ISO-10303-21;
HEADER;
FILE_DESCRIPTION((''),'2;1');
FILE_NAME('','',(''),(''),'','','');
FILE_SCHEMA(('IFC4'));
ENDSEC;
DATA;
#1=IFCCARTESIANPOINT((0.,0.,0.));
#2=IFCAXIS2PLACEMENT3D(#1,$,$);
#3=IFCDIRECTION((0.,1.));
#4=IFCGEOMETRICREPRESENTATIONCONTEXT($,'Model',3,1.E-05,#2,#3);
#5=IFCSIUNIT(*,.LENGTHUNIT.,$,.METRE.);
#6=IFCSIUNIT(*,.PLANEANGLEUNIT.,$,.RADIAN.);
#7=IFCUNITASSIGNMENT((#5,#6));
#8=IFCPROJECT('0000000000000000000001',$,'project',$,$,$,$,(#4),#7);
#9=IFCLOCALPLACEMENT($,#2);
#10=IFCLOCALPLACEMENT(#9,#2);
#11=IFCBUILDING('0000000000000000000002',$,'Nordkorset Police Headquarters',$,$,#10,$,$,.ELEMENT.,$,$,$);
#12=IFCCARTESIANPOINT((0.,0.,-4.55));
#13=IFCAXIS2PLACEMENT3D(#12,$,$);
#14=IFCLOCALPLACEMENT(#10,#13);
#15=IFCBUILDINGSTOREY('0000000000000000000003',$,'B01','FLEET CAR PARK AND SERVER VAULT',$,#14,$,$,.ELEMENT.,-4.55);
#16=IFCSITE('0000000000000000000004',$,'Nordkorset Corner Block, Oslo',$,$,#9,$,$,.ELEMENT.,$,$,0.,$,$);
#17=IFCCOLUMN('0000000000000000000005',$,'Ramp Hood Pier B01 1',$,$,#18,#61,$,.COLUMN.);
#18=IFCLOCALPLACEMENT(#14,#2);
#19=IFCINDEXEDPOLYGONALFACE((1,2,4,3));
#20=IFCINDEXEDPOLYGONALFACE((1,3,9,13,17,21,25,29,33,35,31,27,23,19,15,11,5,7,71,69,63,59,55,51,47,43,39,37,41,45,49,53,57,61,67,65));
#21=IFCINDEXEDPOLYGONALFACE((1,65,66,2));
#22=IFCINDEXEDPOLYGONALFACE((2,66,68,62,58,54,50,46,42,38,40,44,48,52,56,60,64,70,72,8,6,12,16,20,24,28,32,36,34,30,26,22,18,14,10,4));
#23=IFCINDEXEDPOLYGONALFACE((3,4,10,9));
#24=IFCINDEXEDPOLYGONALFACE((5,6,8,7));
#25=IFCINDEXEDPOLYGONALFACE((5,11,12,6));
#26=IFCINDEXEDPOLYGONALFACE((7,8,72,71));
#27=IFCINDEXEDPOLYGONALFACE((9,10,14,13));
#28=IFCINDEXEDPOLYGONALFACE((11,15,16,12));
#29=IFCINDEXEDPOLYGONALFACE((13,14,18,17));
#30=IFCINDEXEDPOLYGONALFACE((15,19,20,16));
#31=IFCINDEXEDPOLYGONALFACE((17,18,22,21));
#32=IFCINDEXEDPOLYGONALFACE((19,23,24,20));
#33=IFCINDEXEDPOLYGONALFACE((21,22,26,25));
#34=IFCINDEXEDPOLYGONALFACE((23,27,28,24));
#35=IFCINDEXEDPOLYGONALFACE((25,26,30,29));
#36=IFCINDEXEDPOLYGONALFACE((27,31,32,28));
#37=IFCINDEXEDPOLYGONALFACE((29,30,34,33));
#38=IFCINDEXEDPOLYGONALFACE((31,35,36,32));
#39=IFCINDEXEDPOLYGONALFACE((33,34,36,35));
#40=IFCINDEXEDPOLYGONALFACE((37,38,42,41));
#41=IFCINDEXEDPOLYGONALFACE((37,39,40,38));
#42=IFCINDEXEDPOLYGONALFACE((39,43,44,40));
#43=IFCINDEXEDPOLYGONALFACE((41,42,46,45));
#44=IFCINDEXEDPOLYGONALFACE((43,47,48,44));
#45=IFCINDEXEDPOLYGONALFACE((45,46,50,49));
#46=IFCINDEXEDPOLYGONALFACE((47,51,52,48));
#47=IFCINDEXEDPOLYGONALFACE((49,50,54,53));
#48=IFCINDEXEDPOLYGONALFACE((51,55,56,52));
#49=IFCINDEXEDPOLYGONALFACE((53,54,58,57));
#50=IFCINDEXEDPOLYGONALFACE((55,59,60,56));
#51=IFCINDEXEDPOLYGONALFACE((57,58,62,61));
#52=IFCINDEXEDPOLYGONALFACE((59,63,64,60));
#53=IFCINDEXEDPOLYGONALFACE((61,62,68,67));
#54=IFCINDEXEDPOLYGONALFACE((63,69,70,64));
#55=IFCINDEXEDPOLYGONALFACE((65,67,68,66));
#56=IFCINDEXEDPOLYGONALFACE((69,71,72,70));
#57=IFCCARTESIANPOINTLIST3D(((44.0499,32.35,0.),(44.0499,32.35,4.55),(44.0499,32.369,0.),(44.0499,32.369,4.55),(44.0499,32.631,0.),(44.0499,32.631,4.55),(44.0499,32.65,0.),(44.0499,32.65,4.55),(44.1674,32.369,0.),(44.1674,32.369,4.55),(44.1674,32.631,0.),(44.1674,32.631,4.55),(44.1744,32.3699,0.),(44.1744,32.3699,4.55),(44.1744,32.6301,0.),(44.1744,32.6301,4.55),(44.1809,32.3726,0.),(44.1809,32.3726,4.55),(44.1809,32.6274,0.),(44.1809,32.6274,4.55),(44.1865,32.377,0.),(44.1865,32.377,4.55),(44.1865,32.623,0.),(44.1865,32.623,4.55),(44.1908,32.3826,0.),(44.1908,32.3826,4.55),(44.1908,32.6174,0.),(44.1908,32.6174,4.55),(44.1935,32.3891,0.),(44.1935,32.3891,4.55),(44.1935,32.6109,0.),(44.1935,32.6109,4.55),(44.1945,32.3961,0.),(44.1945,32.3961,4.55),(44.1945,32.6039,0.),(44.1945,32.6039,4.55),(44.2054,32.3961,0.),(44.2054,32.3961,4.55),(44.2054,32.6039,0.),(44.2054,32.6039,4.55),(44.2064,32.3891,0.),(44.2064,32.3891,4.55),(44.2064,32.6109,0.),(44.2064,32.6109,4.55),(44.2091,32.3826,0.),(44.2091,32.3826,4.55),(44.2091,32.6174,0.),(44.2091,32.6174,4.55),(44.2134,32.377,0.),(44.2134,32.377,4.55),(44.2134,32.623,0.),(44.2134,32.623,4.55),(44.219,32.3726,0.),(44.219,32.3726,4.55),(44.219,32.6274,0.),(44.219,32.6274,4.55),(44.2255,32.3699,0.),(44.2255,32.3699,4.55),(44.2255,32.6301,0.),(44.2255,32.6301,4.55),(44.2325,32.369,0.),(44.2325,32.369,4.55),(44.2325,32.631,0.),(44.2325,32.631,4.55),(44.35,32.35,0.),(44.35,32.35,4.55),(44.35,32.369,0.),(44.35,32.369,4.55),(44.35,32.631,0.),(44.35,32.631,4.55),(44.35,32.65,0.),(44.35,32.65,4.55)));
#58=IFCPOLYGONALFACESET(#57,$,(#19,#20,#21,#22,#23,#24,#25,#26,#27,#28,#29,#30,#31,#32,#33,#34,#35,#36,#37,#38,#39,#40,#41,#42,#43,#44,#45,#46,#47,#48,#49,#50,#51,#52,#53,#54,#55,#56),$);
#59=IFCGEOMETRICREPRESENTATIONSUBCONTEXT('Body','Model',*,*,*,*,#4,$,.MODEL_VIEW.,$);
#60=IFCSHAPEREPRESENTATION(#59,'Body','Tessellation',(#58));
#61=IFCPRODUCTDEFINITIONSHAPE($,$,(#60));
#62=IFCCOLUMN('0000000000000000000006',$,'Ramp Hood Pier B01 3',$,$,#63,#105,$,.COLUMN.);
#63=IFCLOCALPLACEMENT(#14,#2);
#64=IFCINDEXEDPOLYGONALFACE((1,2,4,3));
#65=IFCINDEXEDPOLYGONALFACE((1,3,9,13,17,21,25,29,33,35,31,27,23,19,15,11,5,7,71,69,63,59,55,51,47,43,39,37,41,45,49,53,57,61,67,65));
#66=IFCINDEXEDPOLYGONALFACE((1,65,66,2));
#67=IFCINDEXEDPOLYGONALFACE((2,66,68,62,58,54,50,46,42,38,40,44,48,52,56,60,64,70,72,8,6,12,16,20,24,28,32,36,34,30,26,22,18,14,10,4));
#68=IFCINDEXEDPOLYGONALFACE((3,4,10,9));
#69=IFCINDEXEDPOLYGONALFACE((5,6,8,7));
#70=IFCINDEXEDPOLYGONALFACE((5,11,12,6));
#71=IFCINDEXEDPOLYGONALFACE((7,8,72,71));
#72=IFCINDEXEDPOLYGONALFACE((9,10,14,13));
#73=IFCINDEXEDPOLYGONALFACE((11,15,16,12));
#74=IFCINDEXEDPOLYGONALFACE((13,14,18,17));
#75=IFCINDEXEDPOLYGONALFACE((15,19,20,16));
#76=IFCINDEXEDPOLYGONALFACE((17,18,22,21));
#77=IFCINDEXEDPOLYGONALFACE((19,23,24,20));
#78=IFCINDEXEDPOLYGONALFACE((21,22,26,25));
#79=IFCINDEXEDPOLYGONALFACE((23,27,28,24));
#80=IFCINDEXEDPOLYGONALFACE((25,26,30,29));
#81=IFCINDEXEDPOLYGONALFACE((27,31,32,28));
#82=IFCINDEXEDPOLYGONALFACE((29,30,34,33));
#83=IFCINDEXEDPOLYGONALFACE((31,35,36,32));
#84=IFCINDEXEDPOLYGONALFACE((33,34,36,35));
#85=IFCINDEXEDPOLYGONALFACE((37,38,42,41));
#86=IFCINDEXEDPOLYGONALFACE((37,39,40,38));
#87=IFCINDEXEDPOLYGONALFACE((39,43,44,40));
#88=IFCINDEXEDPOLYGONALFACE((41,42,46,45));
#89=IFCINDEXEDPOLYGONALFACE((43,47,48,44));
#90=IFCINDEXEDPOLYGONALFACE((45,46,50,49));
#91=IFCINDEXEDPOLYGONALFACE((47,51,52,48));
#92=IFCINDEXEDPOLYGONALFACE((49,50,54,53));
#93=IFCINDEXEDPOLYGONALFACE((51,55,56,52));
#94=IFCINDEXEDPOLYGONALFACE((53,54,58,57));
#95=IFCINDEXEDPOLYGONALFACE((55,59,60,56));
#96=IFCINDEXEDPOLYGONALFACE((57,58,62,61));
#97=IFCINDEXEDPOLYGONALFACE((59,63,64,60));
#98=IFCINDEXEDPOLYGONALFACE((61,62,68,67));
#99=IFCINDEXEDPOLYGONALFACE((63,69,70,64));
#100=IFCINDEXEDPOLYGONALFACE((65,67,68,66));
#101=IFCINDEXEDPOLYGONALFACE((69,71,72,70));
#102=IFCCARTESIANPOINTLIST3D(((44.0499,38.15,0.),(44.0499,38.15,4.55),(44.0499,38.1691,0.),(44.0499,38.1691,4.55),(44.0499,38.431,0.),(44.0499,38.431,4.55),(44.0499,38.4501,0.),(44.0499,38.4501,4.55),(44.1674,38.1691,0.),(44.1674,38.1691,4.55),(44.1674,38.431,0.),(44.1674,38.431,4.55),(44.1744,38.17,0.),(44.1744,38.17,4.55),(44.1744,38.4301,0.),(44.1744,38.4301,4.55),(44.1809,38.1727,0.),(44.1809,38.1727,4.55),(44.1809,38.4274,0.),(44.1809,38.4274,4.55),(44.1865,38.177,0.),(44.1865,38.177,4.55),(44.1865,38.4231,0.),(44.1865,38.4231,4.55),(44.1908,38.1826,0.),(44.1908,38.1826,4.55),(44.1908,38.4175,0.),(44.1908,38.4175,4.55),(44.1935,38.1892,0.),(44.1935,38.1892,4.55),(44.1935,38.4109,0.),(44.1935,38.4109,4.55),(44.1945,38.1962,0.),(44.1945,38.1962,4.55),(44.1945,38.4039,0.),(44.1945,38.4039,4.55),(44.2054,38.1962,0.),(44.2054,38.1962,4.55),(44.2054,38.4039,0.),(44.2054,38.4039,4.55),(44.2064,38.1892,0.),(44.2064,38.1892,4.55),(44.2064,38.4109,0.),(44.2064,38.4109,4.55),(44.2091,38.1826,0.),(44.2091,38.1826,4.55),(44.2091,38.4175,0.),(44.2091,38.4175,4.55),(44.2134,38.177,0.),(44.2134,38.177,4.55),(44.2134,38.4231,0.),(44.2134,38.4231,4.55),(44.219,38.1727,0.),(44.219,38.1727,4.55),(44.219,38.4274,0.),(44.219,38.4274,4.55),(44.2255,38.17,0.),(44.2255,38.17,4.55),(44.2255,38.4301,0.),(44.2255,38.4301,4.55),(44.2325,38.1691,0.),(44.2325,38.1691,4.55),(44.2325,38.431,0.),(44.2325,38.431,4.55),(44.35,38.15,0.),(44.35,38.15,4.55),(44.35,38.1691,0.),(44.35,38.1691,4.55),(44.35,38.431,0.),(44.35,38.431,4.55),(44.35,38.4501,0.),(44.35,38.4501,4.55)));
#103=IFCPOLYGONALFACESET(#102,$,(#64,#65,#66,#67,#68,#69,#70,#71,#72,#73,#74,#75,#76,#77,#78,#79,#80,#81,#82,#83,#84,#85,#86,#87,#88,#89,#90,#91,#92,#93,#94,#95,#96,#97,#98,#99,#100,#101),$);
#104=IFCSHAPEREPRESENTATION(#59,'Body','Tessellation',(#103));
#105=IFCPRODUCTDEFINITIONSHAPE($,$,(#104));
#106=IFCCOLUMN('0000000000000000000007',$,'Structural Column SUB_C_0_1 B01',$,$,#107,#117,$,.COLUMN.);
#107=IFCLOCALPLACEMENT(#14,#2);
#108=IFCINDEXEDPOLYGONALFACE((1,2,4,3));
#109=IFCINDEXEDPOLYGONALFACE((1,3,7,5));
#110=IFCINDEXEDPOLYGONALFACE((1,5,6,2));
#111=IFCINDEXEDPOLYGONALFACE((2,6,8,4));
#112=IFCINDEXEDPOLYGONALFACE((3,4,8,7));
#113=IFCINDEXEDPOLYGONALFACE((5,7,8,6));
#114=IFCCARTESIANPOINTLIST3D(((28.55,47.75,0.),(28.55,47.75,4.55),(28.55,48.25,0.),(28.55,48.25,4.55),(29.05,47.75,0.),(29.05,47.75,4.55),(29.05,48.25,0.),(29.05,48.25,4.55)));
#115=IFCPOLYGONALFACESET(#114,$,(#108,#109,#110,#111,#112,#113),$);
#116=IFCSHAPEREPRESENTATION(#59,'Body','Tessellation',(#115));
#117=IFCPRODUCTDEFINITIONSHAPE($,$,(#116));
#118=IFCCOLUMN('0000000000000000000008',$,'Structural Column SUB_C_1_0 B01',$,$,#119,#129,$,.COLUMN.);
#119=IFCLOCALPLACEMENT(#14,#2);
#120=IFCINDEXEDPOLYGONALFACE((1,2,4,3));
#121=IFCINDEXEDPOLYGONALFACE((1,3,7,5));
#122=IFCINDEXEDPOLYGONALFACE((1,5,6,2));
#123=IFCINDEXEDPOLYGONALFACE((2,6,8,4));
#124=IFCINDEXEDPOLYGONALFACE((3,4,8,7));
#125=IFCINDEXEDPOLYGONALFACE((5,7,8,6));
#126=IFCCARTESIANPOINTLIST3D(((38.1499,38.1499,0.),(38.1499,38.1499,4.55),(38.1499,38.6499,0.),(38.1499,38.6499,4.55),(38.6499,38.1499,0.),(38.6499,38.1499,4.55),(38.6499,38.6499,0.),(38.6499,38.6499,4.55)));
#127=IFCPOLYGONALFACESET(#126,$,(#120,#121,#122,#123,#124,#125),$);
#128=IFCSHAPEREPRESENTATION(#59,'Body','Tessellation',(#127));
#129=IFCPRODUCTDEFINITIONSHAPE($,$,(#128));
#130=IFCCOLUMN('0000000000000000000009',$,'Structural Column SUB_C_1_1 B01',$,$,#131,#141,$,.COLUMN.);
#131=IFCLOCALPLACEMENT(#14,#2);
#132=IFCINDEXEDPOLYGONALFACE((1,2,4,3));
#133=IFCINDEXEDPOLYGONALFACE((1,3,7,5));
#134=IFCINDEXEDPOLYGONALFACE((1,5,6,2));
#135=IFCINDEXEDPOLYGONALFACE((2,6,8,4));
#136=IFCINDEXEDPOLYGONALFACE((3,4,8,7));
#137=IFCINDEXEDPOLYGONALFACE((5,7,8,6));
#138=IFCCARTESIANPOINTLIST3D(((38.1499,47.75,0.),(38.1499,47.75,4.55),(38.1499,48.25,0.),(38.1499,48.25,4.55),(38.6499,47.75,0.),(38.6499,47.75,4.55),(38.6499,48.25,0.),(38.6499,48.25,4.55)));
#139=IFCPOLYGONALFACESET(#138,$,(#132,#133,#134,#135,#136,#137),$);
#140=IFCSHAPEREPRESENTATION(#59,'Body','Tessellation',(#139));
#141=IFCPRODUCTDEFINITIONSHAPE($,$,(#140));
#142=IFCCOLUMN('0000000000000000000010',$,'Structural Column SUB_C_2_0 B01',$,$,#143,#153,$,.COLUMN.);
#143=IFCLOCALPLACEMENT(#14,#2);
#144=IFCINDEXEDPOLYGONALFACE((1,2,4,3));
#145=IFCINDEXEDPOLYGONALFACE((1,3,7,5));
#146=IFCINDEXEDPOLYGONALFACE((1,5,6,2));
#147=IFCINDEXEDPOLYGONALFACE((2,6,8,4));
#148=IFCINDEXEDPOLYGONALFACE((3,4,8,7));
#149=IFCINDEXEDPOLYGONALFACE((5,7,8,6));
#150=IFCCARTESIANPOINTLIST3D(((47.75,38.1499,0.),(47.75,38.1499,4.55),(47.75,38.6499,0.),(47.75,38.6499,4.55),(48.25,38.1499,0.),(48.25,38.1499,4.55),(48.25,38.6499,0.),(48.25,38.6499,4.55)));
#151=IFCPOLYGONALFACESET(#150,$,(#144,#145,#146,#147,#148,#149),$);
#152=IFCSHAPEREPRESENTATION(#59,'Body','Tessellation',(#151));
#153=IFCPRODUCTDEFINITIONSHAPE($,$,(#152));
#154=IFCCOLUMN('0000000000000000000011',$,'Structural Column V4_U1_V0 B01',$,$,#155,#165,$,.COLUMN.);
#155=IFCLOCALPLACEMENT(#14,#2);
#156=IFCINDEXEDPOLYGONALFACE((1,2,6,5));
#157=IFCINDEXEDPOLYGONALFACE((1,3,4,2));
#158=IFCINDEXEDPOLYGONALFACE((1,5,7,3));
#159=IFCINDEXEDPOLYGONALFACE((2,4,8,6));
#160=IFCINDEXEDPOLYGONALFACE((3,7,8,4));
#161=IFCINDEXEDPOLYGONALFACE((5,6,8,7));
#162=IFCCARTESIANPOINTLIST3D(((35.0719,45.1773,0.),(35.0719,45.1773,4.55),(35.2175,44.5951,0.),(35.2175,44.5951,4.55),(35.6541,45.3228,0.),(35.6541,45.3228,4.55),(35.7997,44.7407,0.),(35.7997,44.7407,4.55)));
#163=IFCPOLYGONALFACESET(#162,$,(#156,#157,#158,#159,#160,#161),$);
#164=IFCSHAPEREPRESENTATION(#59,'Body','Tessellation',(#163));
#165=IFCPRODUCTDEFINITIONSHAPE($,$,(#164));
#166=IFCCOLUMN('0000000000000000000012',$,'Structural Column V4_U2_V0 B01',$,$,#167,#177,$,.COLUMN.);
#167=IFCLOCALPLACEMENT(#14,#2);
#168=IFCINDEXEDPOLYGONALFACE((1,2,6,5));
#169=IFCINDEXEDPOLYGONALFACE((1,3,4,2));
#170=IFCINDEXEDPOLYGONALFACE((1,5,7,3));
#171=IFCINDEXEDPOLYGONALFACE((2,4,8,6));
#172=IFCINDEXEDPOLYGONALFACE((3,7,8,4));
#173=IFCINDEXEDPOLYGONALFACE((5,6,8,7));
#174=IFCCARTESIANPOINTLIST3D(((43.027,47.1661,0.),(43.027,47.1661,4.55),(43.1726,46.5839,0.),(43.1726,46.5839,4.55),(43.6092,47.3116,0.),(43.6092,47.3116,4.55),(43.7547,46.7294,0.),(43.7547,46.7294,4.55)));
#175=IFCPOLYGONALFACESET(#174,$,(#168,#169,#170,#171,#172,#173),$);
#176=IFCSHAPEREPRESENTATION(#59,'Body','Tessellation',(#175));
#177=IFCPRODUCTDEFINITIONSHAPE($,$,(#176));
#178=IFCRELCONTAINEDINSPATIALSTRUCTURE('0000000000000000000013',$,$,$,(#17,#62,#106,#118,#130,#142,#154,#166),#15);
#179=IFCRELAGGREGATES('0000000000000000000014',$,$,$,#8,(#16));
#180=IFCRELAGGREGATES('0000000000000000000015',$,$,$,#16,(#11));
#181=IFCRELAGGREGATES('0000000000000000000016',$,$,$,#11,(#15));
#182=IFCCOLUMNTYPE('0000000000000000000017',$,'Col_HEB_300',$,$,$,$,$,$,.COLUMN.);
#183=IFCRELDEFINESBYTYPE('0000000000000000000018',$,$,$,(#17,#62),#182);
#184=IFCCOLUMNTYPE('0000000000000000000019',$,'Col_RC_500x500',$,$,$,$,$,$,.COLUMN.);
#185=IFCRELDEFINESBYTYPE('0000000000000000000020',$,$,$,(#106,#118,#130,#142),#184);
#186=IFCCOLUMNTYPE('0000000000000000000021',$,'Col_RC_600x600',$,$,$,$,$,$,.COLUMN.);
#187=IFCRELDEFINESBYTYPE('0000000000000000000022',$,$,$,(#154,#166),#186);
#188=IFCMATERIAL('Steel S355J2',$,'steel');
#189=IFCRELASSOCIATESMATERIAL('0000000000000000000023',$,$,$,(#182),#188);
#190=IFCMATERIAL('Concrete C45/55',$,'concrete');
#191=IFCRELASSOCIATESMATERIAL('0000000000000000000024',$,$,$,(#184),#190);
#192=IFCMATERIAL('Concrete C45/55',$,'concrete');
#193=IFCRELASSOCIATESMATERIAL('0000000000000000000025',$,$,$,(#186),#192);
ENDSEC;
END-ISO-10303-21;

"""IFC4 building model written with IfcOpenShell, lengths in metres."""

from ifc_helpers import new_model, si_unit, direction, frame, origin, origin_2d, place, context, subcontext, project, spatial, rectangle, i_section, extrude, material, material_profile, profile_set, type_object, element, save


model = new_model("IFC4")

# Units and contexts
model_context = context("Model", 3, precision=1e-05, world=origin(), true_north=direction((0.0, 1.0)))
body_context = subcontext(model_context, "Body", "Model", "MODEL_VIEW")
ifc_project = project(units=[si_unit("LENGTHUNIT", "METRE"), si_unit("PLANEANGLEUNIT", "RADIAN")], contexts=[model_context])

# Site, building, storey
site_placement = place(None, origin())
site = spatial("IfcSite", under=ifc_project, at=site_placement, Name="Nordkorset Corner Block, Oslo", CompositionType="ELEMENT", RefElevation=0.0)
building_placement = place(site_placement, origin())
building = spatial("IfcBuilding", under=site, at=building_placement, Name="Nordkorset Police Headquarters", CompositionType="ELEMENT")
storey_placement = place(building_placement, frame((0.0, 0.0, -4.55)))
storey = spatial("IfcBuildingStorey", under=building, at=storey_placement, Name="B01", Description="FLEET CAR PARK AND SERVER VAULT", CompositionType="ELEMENT", Elevation=-4.55)

# Columns
ifc_material_1 = material(Name="Steel S355J2", Category="steel")
ifc_material_profile_1 = material_profile(ifc_material_1, i_section(OverallWidth=0.3, OverallDepth=0.3, WebThickness=0.011, FlangeThickness=0.019, FilletRadius=0.0271, at=origin_2d()), Name="HEB 300")
ifc_profile_set_1 = profile_set([ifc_material_profile_1], Name="Steel S355J2")
column_type_1 = type_object("IfcColumnType", Name="Col_HEB_300", PredefinedType="COLUMN", material=ifc_profile_set_1)
for number, where, z_axis, x_axis, name in (
    (1, (44.2, 32.5, 0.0), (0.0, 0.0, 1.0), (1.0, 0.0, 0.0), "Ramp Hood Pier B01 1"),
    (2, (44.2, 38.3, 0.0), (0.0, 0.0, 1.0), (1.0, 0.0, 0.0), "Ramp Hood Pier B01 3"),
):
    element("IfcColumn", number, at=place(storey_placement, frame(where, z_axis=z_axis, x_axis=x_axis)), inside=storey, type_object=column_type_1, Name=name, PredefinedType="COLUMN", context=body_context, shape_type="SweptSolid", body=[
        extrude(i_section(OverallWidth=0.3, OverallDepth=0.3, WebThickness=0.011, FlangeThickness=0.019, FilletRadius=0.0271, at=origin_2d()), origin(), (0.0, 0.0, 1.0), 4.55),
    ])
ifc_material_2 = material(Name="Concrete C45/55", Category="concrete")
ifc_material_profile_2 = material_profile(ifc_material_2, rectangle(XDim=0.5, YDim=0.5, at=origin_2d()), Name="RC 500x500")
ifc_profile_set_2 = profile_set([ifc_material_profile_2], Name="Concrete C45/55")
column_type_2 = type_object("IfcColumnType", Name="Col_RC_500x500", PredefinedType="COLUMN", material=ifc_profile_set_2)
for number, where, z_axis, x_axis, name in (
    (3, (28.8, 48.0, 0.0), (0.0, 0.0, 1.0), (1.0, 0.0, 0.0), "Structural Column SUB_C_0_1 B01"),
    (4, (38.3999, 38.3999, 0.0), (0.0, 0.0, 1.0), (1.0, 0.0, 0.0), "Structural Column SUB_C_1_0 B01"),
    (5, (38.3999, 48.0, 0.0), (0.0, 0.0, 1.0), (1.0, 0.0, 0.0), "Structural Column SUB_C_1_1 B01"),
    (6, (48.0, 38.3999, 0.0), (0.0, 0.0, 1.0), (1.0, 0.0, 0.0), "Structural Column SUB_C_2_0 B01"),
):
    element("IfcColumn", number, at=place(storey_placement, frame(where, z_axis=z_axis, x_axis=x_axis)), inside=storey, type_object=column_type_2, Name=name, PredefinedType="COLUMN", context=body_context, shape_type="SweptSolid", body=[
        extrude(rectangle(XDim=0.5, YDim=0.5, at=origin_2d()), origin(), (0.0, 0.0, 1.0), 4.55),
    ])
ifc_material_3 = material(Name="Concrete C45/55", Category="concrete")
ifc_material_profile_3 = material_profile(ifc_material_3, rectangle(XDim=0.6001, YDim=0.6001, at=origin_2d()), Name="RC 600x600")
ifc_profile_set_3 = profile_set([ifc_material_profile_3], Name="Concrete C45/55")
column_type_3 = type_object("IfcColumnType", Name="Col_RC_600x600", PredefinedType="COLUMN", material=ifc_profile_set_3)
for number, where, z_axis, x_axis, name in (
    (7, (35.4358, 44.959, 0.0), (0.0, 0.0, 1.0), (0.970143, 0.242536, 0.0), "Structural Column V4_U1_V0 B01"),
    (8, (43.3909, 46.9478, 0.0), (0.0, 0.0, 1.0), (0.970143, 0.242536, 0.0), "Structural Column V4_U2_V0 B01"),
):
    element("IfcColumn", number, at=place(storey_placement, frame(where, z_axis=z_axis, x_axis=x_axis)), inside=storey, type_object=column_type_3, Name=name, PredefinedType="COLUMN", context=body_context, shape_type="SweptSolid", body=[
        extrude(rectangle(XDim=0.6001, YDim=0.6001, at=origin_2d()), origin(), (0.0, 0.0, 1.0), 4.55),
    ])

save(model, "model.ifc")
